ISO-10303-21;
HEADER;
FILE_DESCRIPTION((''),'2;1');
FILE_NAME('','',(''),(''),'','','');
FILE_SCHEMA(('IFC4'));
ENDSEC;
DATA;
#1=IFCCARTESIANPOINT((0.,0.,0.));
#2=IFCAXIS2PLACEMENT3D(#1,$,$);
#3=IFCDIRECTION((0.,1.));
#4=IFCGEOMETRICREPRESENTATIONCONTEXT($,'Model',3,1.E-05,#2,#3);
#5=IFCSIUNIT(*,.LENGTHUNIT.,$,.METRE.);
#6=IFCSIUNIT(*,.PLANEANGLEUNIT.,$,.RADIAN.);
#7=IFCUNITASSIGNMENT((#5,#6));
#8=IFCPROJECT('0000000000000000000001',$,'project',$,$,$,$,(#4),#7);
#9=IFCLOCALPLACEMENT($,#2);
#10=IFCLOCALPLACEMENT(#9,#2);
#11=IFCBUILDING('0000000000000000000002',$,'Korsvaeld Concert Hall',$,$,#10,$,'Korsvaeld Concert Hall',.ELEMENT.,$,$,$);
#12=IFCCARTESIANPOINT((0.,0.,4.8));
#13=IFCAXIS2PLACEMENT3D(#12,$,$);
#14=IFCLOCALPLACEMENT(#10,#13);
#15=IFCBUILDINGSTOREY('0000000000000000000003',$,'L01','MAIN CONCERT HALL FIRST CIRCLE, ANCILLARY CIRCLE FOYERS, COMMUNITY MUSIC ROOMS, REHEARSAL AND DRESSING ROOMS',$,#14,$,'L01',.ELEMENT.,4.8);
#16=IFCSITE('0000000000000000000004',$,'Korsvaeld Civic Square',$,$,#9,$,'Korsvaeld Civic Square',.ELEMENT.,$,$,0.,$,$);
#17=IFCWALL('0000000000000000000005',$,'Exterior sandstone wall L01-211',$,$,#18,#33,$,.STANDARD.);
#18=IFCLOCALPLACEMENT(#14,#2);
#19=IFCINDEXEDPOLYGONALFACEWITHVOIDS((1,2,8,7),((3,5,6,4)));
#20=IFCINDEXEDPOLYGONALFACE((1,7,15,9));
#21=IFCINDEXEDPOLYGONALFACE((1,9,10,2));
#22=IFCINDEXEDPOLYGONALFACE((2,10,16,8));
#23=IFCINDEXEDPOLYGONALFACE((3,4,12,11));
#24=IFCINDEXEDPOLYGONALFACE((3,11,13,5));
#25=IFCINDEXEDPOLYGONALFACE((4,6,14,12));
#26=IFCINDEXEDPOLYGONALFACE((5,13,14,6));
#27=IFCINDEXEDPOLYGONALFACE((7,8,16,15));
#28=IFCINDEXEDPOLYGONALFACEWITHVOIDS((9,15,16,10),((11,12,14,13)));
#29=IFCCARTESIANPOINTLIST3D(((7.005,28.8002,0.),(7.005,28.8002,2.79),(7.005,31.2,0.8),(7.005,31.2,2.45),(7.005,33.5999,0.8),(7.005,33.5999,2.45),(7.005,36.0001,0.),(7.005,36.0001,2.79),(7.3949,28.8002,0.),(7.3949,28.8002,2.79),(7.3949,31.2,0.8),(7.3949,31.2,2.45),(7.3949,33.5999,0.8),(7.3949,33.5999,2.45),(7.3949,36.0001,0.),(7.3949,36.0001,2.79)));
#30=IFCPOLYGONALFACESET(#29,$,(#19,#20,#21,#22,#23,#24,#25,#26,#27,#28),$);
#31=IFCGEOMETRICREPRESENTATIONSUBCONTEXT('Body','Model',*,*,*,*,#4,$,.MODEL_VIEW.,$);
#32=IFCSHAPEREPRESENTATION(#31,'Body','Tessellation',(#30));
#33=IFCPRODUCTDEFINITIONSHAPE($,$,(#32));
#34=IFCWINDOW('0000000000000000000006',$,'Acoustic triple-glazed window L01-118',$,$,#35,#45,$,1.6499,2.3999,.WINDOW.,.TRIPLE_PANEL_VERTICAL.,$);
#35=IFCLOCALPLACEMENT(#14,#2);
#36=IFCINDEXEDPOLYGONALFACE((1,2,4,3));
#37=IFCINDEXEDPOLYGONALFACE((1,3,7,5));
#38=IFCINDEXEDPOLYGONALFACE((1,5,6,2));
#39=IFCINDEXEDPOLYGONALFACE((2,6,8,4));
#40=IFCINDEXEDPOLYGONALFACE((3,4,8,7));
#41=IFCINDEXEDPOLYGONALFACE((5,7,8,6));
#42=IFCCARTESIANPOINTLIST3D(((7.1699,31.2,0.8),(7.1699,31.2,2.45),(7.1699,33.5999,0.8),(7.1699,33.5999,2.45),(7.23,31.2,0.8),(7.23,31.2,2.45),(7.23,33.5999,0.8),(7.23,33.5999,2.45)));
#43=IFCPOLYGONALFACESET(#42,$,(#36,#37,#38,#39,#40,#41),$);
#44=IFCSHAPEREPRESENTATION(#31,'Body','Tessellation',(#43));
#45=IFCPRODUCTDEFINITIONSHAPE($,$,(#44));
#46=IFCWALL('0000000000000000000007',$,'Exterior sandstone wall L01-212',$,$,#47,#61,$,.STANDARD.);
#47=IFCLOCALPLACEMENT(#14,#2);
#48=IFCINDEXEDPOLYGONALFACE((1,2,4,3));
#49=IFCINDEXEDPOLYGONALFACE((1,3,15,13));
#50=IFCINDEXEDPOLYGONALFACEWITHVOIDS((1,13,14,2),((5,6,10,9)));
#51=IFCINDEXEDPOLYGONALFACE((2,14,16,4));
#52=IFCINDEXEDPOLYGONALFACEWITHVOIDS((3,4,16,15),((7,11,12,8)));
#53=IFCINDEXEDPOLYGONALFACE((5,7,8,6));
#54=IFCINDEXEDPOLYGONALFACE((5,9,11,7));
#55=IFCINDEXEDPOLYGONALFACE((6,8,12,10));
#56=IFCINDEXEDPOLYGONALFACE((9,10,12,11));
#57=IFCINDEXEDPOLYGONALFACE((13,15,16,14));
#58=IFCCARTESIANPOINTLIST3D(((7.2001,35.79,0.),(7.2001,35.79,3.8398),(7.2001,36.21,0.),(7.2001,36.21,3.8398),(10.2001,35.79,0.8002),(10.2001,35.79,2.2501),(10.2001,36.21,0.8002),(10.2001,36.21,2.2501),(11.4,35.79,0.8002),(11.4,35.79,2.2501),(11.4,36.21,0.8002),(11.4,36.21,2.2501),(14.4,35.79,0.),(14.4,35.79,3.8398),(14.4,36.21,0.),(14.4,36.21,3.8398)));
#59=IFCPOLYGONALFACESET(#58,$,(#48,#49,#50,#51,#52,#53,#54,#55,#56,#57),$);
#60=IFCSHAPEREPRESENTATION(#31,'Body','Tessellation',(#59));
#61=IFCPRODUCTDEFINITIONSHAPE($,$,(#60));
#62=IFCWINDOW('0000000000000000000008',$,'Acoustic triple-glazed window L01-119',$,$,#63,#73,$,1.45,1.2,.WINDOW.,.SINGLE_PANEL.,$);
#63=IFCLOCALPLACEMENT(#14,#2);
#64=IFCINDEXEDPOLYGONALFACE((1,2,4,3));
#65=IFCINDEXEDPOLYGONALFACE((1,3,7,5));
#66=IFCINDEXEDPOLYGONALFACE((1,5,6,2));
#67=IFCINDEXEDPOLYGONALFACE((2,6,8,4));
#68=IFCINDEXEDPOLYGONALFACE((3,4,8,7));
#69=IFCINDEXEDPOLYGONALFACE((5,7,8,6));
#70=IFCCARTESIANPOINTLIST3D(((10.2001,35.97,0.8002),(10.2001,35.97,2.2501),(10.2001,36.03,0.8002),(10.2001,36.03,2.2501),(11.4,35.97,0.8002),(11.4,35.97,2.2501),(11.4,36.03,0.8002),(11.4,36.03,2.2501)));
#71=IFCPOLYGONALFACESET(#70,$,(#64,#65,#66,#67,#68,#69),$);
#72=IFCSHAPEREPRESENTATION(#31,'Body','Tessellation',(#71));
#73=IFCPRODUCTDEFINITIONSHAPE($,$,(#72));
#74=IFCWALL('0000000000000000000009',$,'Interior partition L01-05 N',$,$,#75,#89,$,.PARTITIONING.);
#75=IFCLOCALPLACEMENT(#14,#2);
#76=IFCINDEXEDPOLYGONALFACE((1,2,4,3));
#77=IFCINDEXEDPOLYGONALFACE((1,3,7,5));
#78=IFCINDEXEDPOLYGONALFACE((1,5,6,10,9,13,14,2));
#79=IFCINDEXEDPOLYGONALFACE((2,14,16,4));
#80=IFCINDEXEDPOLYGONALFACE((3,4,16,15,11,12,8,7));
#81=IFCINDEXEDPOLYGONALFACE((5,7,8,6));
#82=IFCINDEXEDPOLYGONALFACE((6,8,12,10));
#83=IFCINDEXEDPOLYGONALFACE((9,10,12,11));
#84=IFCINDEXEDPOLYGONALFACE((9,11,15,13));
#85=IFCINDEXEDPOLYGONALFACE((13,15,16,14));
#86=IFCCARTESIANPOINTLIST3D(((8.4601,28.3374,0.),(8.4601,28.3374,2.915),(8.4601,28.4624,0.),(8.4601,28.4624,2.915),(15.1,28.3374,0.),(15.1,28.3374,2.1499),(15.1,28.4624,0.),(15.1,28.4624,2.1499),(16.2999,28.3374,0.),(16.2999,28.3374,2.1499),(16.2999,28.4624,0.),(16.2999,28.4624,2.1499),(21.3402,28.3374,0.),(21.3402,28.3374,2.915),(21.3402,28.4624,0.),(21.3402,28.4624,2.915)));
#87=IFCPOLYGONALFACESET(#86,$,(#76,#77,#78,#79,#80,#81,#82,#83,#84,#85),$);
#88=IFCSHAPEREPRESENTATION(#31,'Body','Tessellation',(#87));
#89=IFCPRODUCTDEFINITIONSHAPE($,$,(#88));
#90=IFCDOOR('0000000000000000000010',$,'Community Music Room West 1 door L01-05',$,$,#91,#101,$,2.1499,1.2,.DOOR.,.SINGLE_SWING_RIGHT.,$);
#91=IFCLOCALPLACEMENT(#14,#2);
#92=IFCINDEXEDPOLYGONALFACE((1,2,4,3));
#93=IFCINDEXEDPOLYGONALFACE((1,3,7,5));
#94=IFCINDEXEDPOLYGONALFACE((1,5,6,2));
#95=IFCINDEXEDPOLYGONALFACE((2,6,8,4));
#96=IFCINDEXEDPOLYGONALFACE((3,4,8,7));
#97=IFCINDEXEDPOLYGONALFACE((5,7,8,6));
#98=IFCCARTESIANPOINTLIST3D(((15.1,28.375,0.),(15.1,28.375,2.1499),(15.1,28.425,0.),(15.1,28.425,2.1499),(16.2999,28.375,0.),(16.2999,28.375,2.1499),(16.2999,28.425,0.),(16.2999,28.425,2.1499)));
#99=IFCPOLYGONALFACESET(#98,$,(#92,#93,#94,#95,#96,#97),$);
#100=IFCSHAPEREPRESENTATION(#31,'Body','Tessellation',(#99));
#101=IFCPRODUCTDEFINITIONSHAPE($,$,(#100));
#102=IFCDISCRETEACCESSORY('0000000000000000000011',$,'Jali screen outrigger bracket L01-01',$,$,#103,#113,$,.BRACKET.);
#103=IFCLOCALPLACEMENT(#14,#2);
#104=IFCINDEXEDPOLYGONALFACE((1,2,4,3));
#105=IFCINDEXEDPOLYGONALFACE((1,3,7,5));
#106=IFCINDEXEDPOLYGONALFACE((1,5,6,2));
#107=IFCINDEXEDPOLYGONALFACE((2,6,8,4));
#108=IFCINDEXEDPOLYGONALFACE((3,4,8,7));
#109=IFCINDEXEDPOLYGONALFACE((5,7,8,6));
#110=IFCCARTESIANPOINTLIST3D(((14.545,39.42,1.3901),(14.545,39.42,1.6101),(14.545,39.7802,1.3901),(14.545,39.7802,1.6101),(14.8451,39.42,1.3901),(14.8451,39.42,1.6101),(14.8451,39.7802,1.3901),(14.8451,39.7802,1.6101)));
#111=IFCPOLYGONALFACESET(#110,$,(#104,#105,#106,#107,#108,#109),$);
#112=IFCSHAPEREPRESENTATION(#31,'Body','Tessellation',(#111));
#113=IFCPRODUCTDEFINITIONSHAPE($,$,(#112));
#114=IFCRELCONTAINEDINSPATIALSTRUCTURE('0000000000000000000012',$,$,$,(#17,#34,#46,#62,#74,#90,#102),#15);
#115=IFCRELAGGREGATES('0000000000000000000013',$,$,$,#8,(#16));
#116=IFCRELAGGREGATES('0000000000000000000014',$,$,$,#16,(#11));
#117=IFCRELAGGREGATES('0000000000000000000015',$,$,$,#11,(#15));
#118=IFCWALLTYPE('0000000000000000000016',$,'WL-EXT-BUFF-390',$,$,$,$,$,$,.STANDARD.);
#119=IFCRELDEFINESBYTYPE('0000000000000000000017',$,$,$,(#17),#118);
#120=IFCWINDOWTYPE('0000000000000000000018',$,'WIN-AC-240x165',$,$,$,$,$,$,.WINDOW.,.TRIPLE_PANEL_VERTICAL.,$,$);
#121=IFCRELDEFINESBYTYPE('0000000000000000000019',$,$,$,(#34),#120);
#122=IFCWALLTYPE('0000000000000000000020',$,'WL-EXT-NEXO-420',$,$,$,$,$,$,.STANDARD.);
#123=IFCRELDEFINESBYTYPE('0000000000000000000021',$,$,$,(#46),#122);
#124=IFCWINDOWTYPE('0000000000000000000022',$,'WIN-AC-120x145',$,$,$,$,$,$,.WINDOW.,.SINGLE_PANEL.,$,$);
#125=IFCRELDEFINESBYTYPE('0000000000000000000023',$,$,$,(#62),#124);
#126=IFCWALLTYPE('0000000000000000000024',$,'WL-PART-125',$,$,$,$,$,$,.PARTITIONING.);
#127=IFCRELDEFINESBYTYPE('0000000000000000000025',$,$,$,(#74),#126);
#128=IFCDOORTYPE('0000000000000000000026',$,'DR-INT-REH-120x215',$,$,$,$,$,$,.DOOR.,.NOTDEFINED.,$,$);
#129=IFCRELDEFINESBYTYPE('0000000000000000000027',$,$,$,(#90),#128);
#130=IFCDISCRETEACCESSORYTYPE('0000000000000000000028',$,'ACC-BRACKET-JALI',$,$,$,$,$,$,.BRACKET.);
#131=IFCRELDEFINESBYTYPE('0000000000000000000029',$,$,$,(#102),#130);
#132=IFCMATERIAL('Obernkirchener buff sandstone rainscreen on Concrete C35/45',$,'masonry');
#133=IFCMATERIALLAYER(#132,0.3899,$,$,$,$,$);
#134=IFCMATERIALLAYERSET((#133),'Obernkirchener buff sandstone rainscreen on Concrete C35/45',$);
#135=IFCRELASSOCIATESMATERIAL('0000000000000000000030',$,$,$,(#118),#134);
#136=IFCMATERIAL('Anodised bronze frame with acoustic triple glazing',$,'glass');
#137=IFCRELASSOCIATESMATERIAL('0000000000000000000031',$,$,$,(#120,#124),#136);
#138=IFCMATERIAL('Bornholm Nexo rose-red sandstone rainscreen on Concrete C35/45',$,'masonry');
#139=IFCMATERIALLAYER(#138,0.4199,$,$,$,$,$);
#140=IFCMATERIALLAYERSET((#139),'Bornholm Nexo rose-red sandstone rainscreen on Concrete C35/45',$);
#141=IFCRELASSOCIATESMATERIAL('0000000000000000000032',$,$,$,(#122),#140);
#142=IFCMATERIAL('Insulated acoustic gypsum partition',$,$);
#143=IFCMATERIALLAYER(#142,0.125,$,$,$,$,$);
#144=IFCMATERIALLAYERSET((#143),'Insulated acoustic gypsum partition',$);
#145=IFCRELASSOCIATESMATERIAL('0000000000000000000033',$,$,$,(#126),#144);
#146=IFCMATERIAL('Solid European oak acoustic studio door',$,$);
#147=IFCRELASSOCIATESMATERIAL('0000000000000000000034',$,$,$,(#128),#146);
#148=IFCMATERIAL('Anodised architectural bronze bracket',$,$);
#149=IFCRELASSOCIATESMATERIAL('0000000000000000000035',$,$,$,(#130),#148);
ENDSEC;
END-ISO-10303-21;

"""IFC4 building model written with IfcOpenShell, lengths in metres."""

from ifc_helpers import new_model, si_unit, direction, frame, frame_2d, origin, origin_2d, place, context, subcontext, project, spatial, rectangle, extrude, material, layer, layer_set, type_object, element, fill, save


model = new_model("IFC4")

# Units and contexts
model_context = context("Model", 3, precision=1e-05, world=origin(), true_north=direction((0.0, 1.0)))
body_context = subcontext(model_context, "Body", "Model", "MODEL_VIEW")
ifc_project = project(units=[si_unit("LENGTHUNIT", "METRE"), si_unit("PLANEANGLEUNIT", "RADIAN")], contexts=[model_context])

# Site, building, storey
site_placement = place(None, origin())
site = spatial("IfcSite", under=ifc_project, at=site_placement, Name="Korsvaeld Civic Square", LongName="Korsvaeld Civic Square", CompositionType="ELEMENT", RefElevation=0.0)
building_placement = place(site_placement, origin())
building = spatial("IfcBuilding", under=site, at=building_placement, Name="Korsvaeld Concert Hall", LongName="Korsvaeld Concert Hall", CompositionType="ELEMENT")
storey_placement = place(building_placement, frame((0.0, 0.0, 4.8)))
storey = spatial("IfcBuildingStorey", under=building, at=storey_placement, Name="L01", Description="MAIN CONCERT HALL FIRST CIRCLE, ANCILLARY CIRCLE FOYERS, COMMUNITY MUSIC ROOMS, REHEARSAL AND DRESSING ROOMS", LongName="L01", CompositionType="ELEMENT", Elevation=4.8)

# Walls, openings, windows
ifc_material_1 = material(Name="Obernkirchener buff sandstone rainscreen on Concrete C35/45", Category="masonry")
ifc_layer_1 = layer(ifc_material_1, 0.3899)
ifc_layer_set_1 = layer_set([ifc_layer_1], Name="Obernkirchener buff sandstone rainscreen on Concrete C35/45")
wall_type_1 = type_object("IfcWallType", Name="WL-EXT-BUFF-390", PredefinedType="STANDARD", material=ifc_layer_set_1)
ifc_material_2 = material(Name="Anodised bronze frame with acoustic triple glazing", Category="glass")
wall_1_placement = place(storey_placement, frame((7.2, 28.8, 0.0), z_axis=(0.0, 0.0, 1.0), x_axis=(0.0, 1.0, 0.0)))
wall_1 = element("IfcWall", 1, at=wall_1_placement, inside=storey, type_object=wall_type_1, Name="Exterior sandstone wall L01-211", PredefinedType="STANDARD", context=body_context, shape_type="SweptSolid", body=[
    extrude(rectangle(XDim=7.2, YDim=0.3899, at=frame_2d((3.6001, 0.0))), origin(), (0.0, 0.0, 1.0), 2.79),
])
opening_1_placement = place(wall_1_placement, frame((2.3999, 0.0, 0.8)))
opening_1 = element("IfcOpeningElement", 2, at=opening_1_placement, cuts=wall_1, PredefinedType="OPENING", context=body_context, shape_type="SweptSolid", body=[
    extrude(rectangle(XDim=2.3999, YDim=1.6499, at=frame_2d((1.2, 0.825))), frame((0.0, 0.2051, 0.0), z_axis=(0.0, -1.0, 0.0), x_axis=(1.0, 0.0, 0.0)), (0.0, 0.0, 1.0), 0.4099),
])
window_type_1 = type_object("IfcWindowType", Name="WIN-AC-240x165", PartitioningType="TRIPLE_PANEL_VERTICAL", PredefinedType="WINDOW", material=ifc_material_2)
window_1_placement = place(opening_1_placement, origin())
window_1 = element("IfcWindow", 3, at=window_1_placement, inside=storey, type_object=window_type_1, Name="Acoustic triple-glazed window L01-118", OverallHeight=1.6499, OverallWidth=2.3999, PartitioningType="TRIPLE_PANEL_VERTICAL", PredefinedType="WINDOW", context=body_context, shape_type="SweptSolid", body=[
    extrude(rectangle(XDim=2.3999, YDim=1.6499, at=frame_2d((1.2, 0.825))), frame((0.0, 0.03, 0.0), z_axis=(0.0, -1.0, 0.0), x_axis=(1.0, 0.0, 0.0)), (0.0, 0.0, 1.0), 0.0601),
])
fill(opening_1, window_1)
ifc_material_3 = material(Name="Bornholm Nexo rose-red sandstone rainscreen on Concrete C35/45", Category="masonry")
ifc_layer_2 = layer(ifc_material_3, 0.4199)
ifc_layer_set_2 = layer_set([ifc_layer_2], Name="Bornholm Nexo rose-red sandstone rainscreen on Concrete C35/45")
wall_type_2 = type_object("IfcWallType", Name="WL-EXT-NEXO-420", PredefinedType="STANDARD", material=ifc_layer_set_2)
wall_2_placement = place(storey_placement, frame((7.2, 36.0, 0.0), z_axis=(0.0, 0.0, 1.0), x_axis=(1.0, 0.0, 0.0)))
wall_2 = element("IfcWall", 4, at=wall_2_placement, inside=storey, type_object=wall_type_2, Name="Exterior sandstone wall L01-212", PredefinedType="STANDARD", context=body_context, shape_type="SweptSolid", body=[
    extrude(rectangle(XDim=7.2, YDim=0.4199, at=frame_2d((3.6001, 0.0))), origin(), (0.0, 0.0, 1.0), 3.8398),
])
opening_2_placement = place(wall_2_placement, frame((3.0, 0.0, 0.8)))
opening_2 = element("IfcOpeningElement", 5, at=opening_2_placement, cuts=wall_2, PredefinedType="OPENING", context=body_context, shape_type="SweptSolid", body=[
    extrude(rectangle(XDim=1.2, YDim=1.45, at=frame_2d((0.6001, 0.7251))), frame((0.0, 0.22, 0.0), z_axis=(0.0, -1.0, 0.0), x_axis=(1.0, 0.0, 0.0)), (0.0, 0.0, 1.0), 0.4399),
])
window_type_2 = type_object("IfcWindowType", Name="WIN-AC-120x145", PartitioningType="SINGLE_PANEL", PredefinedType="WINDOW", material=ifc_material_2)
window_2_placement = place(opening_2_placement, origin())
window_2 = element("IfcWindow", 6, at=window_2_placement, inside=storey, type_object=window_type_2, Name="Acoustic triple-glazed window L01-119", OverallHeight=1.45, OverallWidth=1.2, PartitioningType="SINGLE_PANEL", PredefinedType="WINDOW", context=body_context, shape_type="SweptSolid", body=[
    extrude(rectangle(XDim=1.2, YDim=1.45, at=frame_2d((0.6001, 0.7251))), frame((0.0, 0.03, 0.0), z_axis=(0.0, -1.0, 0.0), x_axis=(1.0, 0.0, 0.0)), (0.0, 0.0, 1.0), 0.0601),
])
fill(opening_2, window_2)

# Wall, opening, door
ifc_material_4 = material(Name="Insulated acoustic gypsum partition")
ifc_layer_3 = layer(ifc_material_4, 0.125)
ifc_layer_set_3 = layer_set([ifc_layer_3], Name="Insulated acoustic gypsum partition")
wall_type_3 = type_object("IfcWallType", Name="WL-PART-125", PredefinedType="PARTITIONING", material=ifc_layer_set_3)
wall_3_placement = place(storey_placement, frame((21.3401, 28.3999, 0.0), z_axis=(0.0, 0.0, 1.0), x_axis=(-1.0, 0.0, 0.0)))
wall_3 = element("IfcWall", 7, at=wall_3_placement, inside=storey, type_object=wall_type_3, Name="Interior partition L01-05 N", PredefinedType="PARTITIONING", context=body_context, shape_type="SweptSolid", body=[
    extrude(rectangle(XDim=12.8801, YDim=0.125, at=frame_2d((6.4399, 0.0))), origin(), (0.0, 0.0, 1.0), 2.915),
])
opening_3_placement = place(wall_3_placement, frame((5.04, 0.0, 0.0)))
opening_3 = element("IfcOpeningElement", 8, at=opening_3_placement, cuts=wall_3, PredefinedType="OPENING", context=body_context, shape_type="SweptSolid", body=[
    extrude(rectangle(XDim=1.2, YDim=2.1499, at=frame_2d((0.6001, 1.075))), frame((0.0, 0.0725, 0.0), z_axis=(0.0, -1.0, 0.0), x_axis=(1.0, 0.0, 0.0)), (0.0, 0.0, 1.0), 0.145),
])
ifc_material_5 = material(Name="Solid European oak acoustic studio door")
door_type = type_object("IfcDoorType", Name="DR-INT-REH-120x215", OperationType="NOTDEFINED", PredefinedType="DOOR", material=ifc_material_5)
door_placement = place(opening_3_placement, origin())
door = element("IfcDoor", 9, at=door_placement, inside=storey, type_object=door_type, Name="Community Music Room West 1 door L01-05", OperationType="SINGLE_SWING_RIGHT", OverallHeight=2.1499, OverallWidth=1.2, PredefinedType="DOOR", context=body_context, shape_type="SweptSolid", body=[
    extrude(rectangle(XDim=1.2, YDim=2.1499, at=frame_2d((0.6001, 1.075))), frame((0.0, 0.0249, 0.0), z_axis=(0.0, -1.0, 0.0), x_axis=(1.0, 0.0, 0.0)), (0.0, 0.0, 1.0), 0.05),
])
fill(opening_3, door)

# Discrete accessory
ifc_material_6 = material(Name="Anodised architectural bronze bracket")
discrete_accessory_type = type_object("IfcDiscreteAccessoryType", Name="ACC-BRACKET-JALI", PredefinedType="BRACKET", material=ifc_material_6)
discrete_accessory_placement = place(storey_placement, frame((14.6951, 39.6001, 1.3901), z_axis=(0.0, 0.0, 1.0), x_axis=(0.0, 1.0, 0.0)))
element("IfcDiscreteAccessory", 10, at=discrete_accessory_placement, inside=storey, type_object=discrete_accessory_type, Name="Jali screen outrigger bracket L01-01", PredefinedType="BRACKET", context=body_context, shape_type="SweptSolid", body=[
    extrude(rectangle(XDim=0.3601, YDim=0.3, at=origin_2d()), origin(), (0.0, 0.0, 1.0), 0.22),
])

save(model, "model.ifc")
